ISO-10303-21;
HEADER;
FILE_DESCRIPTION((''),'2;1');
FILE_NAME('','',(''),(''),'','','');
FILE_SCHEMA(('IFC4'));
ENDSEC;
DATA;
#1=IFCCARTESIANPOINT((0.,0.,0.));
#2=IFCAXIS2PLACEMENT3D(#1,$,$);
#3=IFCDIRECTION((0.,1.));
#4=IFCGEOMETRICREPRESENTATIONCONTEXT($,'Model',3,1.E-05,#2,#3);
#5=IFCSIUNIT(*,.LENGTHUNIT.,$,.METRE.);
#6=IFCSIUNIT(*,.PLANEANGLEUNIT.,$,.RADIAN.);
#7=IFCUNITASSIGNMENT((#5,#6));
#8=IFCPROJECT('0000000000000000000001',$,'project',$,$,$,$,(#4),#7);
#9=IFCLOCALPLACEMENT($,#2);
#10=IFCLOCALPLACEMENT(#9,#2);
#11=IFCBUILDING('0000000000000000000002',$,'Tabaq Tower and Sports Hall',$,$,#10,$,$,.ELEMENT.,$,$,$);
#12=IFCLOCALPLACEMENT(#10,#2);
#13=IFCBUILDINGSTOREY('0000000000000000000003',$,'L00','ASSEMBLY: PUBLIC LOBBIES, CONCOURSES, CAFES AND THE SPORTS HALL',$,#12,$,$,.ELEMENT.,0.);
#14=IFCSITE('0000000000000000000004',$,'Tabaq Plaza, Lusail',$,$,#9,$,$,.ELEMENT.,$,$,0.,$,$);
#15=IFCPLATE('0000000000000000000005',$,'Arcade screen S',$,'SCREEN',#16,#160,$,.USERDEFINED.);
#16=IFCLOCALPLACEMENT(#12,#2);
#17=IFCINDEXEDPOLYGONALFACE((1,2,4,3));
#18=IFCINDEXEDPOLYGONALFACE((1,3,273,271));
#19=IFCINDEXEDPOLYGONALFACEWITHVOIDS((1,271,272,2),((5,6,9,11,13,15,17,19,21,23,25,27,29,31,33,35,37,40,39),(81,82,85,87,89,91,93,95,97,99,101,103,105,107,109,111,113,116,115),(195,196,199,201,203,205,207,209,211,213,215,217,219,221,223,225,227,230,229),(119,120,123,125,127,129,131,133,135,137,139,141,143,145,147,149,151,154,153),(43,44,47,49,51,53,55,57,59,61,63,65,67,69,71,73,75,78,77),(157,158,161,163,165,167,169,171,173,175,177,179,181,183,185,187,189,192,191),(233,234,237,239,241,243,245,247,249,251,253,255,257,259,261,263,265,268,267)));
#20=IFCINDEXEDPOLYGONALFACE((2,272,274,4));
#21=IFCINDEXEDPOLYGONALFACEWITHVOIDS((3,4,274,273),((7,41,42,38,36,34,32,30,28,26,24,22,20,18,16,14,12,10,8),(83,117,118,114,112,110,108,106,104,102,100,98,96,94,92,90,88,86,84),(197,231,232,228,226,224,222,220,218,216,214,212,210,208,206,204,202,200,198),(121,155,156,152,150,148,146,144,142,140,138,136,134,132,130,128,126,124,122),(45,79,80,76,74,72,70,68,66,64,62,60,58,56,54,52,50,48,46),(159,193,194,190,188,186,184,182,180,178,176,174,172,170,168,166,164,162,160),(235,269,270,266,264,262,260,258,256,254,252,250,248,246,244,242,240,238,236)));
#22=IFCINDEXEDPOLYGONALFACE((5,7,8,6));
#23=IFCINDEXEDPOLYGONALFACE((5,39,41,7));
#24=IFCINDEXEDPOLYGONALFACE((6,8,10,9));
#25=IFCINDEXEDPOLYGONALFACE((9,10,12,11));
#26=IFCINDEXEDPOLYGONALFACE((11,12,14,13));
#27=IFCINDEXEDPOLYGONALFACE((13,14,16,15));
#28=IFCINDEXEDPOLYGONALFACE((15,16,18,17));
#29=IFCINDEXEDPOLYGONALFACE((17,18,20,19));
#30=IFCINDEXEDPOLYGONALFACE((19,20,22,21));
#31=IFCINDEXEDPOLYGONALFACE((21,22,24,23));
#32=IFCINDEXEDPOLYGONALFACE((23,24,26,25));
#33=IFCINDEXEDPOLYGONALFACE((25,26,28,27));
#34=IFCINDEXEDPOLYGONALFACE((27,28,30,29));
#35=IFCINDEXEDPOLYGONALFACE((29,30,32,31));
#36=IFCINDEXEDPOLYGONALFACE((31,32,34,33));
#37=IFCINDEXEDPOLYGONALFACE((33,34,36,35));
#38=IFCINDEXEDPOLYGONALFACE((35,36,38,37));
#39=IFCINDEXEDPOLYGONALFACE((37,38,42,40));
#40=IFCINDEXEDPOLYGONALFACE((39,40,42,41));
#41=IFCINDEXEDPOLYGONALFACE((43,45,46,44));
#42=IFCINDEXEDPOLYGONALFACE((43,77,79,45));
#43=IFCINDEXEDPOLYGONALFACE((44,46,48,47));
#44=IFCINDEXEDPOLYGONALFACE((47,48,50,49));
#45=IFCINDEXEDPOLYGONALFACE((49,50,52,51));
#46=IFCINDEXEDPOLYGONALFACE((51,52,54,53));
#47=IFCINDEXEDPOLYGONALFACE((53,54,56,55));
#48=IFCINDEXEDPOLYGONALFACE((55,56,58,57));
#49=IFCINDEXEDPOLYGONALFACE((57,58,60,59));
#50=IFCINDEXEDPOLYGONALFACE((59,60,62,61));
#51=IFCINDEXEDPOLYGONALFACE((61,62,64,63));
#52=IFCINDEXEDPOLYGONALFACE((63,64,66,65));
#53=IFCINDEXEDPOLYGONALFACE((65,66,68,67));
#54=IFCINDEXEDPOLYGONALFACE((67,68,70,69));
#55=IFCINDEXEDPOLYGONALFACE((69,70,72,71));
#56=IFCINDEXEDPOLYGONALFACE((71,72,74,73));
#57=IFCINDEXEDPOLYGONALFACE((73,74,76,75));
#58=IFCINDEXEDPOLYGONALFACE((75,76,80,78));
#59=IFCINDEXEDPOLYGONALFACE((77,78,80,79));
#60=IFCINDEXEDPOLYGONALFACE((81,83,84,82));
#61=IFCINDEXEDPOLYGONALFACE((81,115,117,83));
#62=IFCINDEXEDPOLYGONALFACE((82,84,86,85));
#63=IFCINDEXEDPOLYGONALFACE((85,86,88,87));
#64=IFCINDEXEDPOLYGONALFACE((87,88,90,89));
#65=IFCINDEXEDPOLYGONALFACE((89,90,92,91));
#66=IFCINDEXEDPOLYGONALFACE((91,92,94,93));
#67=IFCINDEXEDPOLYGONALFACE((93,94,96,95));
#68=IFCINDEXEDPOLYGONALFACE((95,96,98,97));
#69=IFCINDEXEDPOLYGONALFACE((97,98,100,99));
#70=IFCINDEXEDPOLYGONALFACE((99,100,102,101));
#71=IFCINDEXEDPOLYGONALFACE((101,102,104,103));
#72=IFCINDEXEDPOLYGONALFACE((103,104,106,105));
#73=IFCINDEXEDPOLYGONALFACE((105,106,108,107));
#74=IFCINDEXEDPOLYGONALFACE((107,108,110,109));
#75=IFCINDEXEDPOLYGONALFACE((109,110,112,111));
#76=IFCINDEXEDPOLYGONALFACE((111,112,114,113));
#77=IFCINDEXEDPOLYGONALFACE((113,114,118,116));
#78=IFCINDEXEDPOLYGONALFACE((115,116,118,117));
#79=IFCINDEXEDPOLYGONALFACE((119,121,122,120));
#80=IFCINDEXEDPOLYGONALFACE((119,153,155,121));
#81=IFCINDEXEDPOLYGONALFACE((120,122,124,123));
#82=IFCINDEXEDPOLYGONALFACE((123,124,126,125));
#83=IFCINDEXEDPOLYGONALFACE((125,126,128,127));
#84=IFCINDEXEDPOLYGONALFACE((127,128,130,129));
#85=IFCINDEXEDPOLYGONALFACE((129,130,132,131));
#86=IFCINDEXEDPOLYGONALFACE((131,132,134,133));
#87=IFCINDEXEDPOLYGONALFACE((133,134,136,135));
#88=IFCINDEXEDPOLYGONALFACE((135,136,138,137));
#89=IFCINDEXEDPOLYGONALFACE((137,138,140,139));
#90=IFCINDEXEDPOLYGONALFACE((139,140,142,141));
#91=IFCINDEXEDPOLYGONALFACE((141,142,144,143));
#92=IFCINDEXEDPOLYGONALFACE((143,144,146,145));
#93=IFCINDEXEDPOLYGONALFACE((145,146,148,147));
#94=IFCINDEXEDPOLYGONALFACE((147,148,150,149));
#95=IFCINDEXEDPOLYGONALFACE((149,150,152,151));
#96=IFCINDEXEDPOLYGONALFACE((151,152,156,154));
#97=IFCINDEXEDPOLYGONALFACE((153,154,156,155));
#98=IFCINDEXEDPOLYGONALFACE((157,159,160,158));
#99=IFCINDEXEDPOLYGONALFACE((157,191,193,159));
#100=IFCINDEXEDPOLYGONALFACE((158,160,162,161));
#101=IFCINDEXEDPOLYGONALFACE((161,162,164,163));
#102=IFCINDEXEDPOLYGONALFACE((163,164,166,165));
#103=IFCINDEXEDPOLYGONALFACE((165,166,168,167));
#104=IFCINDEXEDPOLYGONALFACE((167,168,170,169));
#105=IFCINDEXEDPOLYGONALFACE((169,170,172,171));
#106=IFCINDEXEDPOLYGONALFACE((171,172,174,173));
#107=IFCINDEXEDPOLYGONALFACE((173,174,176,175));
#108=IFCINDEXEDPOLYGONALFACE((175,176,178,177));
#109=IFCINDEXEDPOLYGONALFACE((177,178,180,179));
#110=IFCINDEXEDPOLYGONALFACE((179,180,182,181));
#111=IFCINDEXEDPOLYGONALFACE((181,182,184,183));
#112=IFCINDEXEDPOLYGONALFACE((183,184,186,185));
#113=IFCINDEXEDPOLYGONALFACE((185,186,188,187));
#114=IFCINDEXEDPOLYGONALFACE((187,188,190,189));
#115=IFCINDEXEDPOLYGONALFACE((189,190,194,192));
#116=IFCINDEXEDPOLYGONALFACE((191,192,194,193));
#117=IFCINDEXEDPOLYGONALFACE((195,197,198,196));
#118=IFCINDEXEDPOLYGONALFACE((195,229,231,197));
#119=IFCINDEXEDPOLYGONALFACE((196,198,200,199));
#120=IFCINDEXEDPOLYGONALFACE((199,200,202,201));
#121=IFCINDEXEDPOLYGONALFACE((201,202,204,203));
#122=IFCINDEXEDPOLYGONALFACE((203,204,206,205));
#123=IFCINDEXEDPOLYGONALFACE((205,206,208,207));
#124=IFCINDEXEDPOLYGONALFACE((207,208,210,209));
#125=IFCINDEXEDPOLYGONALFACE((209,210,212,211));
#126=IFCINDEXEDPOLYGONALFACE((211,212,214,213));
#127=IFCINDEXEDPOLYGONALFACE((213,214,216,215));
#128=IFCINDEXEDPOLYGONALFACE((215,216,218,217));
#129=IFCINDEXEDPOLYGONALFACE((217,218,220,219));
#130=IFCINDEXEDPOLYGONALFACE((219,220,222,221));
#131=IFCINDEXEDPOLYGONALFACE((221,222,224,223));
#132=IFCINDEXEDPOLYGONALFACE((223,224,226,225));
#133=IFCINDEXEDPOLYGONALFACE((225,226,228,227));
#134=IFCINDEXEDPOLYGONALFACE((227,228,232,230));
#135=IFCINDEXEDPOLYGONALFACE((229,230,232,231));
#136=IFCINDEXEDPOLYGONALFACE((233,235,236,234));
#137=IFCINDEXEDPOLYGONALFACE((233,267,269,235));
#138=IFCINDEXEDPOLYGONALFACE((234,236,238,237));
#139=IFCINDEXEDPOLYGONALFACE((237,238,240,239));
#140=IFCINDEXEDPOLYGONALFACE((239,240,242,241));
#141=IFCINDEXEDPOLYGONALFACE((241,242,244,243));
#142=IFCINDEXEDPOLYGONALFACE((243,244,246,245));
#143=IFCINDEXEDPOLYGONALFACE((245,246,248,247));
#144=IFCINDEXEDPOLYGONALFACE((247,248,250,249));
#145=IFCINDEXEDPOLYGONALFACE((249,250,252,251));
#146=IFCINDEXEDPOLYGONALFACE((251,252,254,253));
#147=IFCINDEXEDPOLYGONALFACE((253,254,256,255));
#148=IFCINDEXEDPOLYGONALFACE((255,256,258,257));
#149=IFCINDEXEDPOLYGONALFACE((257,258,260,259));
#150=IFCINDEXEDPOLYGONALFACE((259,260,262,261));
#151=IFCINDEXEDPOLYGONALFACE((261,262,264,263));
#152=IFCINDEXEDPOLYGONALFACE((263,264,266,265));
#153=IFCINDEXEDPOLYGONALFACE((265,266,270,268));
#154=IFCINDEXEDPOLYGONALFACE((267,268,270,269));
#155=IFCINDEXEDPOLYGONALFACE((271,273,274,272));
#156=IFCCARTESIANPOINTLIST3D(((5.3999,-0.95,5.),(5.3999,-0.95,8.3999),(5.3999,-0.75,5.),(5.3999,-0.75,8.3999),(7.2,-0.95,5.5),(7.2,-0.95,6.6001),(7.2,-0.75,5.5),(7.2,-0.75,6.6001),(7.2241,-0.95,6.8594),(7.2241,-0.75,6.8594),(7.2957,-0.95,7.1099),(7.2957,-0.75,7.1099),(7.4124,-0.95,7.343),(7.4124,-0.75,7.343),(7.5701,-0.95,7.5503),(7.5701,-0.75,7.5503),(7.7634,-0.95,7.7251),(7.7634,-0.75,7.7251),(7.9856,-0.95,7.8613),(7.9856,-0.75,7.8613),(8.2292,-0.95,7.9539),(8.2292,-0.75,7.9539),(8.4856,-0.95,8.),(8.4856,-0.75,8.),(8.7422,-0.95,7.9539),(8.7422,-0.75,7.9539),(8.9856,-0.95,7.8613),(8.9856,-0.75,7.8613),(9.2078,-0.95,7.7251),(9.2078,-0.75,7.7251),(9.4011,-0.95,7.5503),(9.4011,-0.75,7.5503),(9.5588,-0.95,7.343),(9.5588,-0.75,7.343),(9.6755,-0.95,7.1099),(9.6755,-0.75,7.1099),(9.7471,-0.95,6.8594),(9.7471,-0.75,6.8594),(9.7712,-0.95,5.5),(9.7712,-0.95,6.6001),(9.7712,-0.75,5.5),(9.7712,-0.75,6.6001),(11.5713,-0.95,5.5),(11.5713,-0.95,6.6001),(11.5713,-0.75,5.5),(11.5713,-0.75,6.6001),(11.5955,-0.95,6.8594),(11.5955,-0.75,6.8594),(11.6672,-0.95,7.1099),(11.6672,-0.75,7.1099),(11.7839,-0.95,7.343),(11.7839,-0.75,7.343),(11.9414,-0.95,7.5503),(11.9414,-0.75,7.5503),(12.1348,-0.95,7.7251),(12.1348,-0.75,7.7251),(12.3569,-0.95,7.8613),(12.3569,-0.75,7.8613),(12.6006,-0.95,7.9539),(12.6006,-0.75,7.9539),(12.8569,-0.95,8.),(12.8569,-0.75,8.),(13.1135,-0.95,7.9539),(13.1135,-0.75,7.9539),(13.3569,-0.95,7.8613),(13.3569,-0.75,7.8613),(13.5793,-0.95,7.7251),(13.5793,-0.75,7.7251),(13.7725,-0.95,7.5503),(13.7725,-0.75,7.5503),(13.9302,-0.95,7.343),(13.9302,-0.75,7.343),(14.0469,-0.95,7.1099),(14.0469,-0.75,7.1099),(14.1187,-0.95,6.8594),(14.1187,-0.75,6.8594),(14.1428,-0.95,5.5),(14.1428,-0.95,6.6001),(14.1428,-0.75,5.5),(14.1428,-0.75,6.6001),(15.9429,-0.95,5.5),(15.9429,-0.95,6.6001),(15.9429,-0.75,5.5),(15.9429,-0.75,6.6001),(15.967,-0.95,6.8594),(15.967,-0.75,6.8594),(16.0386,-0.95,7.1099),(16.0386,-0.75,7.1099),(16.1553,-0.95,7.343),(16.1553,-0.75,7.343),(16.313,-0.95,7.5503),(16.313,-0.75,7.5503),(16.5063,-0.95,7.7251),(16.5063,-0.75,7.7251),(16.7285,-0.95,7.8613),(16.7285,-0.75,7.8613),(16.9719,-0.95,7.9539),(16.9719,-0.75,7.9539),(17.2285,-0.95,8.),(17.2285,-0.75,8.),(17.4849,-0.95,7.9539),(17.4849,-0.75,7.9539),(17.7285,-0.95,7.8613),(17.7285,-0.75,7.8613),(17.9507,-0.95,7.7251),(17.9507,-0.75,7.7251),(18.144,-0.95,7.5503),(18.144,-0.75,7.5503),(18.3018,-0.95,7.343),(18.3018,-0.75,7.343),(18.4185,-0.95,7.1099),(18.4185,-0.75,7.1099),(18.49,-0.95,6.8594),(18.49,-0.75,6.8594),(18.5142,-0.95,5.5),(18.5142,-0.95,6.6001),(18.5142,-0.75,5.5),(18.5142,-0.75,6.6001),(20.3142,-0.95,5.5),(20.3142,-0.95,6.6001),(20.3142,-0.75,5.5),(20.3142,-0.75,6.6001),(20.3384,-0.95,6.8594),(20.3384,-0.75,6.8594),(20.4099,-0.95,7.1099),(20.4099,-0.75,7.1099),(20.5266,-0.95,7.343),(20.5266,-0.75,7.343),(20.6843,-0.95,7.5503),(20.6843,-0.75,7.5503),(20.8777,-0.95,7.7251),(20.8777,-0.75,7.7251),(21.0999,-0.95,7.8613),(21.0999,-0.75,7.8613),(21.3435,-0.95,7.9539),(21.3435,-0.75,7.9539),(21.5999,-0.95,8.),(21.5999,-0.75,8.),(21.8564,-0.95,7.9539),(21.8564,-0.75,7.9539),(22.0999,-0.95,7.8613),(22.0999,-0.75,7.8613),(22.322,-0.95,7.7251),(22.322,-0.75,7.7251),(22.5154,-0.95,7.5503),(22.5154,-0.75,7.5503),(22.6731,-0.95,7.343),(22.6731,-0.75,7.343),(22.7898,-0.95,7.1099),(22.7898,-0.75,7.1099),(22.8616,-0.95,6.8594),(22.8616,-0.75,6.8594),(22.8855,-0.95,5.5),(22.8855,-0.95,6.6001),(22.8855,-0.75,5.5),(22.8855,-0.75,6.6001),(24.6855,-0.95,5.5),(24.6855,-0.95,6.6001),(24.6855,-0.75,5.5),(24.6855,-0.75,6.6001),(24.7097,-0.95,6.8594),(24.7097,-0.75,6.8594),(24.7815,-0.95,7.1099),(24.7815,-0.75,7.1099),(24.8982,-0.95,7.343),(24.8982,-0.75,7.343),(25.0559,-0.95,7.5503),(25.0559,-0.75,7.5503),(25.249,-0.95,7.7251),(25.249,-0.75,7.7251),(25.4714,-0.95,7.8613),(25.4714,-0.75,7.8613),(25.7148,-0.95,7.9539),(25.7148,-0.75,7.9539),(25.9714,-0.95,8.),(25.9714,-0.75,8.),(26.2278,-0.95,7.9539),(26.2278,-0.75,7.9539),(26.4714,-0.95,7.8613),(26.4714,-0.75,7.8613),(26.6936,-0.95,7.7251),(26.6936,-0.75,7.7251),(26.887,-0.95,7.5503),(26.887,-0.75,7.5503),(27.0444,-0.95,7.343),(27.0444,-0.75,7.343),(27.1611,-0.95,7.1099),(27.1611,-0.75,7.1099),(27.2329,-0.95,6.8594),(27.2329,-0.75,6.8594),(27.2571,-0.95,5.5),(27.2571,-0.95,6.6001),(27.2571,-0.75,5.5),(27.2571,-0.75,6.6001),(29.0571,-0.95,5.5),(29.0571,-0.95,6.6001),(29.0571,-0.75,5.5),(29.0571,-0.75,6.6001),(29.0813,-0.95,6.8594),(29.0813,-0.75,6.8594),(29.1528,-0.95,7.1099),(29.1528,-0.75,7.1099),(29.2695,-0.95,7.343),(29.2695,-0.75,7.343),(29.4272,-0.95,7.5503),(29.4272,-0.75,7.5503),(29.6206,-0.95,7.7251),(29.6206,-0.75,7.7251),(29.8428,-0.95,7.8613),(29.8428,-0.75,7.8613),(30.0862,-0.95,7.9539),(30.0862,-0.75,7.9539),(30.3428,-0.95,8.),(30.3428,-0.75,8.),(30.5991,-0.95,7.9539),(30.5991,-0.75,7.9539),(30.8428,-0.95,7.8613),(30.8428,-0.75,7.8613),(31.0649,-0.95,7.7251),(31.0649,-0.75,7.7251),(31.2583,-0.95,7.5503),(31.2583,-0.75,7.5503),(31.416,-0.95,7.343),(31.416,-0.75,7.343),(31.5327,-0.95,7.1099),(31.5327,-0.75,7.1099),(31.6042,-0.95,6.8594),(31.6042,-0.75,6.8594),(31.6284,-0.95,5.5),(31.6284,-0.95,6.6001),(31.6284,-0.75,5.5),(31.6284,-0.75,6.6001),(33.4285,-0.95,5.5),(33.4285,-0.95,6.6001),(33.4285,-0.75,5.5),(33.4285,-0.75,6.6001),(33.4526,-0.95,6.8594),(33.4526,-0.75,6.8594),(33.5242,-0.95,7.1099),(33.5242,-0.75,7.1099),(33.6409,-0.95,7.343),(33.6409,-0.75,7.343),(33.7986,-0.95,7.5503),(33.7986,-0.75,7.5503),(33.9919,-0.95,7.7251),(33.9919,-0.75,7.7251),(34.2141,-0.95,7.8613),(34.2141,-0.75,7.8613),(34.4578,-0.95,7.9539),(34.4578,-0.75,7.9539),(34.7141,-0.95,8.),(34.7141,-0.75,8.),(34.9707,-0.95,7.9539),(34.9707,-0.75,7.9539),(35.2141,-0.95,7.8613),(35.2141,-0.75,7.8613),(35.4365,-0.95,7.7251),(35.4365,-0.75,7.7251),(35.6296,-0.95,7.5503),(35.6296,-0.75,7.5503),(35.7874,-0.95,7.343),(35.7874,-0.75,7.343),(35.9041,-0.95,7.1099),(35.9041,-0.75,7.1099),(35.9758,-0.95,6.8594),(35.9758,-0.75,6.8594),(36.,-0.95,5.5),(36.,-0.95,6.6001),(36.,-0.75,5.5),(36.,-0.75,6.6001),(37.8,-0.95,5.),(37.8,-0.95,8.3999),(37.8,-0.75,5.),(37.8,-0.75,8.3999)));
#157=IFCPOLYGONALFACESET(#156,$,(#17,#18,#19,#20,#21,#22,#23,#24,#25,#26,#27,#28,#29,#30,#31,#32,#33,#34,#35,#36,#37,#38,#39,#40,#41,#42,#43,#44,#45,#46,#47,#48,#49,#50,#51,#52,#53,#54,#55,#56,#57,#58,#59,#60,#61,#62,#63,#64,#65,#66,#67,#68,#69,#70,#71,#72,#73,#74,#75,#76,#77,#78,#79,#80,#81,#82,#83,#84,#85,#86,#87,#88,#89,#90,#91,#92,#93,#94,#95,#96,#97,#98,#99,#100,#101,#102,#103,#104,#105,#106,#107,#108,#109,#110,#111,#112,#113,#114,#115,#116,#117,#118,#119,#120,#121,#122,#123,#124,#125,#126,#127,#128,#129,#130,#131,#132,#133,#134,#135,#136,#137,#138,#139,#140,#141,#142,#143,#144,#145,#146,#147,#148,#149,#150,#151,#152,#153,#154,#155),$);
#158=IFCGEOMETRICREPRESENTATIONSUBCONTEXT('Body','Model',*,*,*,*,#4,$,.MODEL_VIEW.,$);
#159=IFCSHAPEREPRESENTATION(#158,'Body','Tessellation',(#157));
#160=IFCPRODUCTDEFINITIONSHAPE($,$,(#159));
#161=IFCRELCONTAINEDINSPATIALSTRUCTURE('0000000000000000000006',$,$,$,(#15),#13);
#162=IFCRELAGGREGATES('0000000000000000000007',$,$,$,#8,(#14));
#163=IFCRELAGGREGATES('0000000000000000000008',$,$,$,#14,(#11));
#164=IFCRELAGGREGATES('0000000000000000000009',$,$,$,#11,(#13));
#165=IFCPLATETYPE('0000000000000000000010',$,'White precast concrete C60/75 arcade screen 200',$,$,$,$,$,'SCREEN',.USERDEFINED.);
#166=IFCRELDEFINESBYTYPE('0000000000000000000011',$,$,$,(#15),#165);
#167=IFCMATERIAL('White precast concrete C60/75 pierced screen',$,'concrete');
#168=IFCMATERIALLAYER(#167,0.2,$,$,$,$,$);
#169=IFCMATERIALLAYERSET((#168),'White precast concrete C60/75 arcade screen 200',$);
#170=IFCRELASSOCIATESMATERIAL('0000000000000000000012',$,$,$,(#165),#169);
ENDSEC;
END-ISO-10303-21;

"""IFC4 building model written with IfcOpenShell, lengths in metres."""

from ifc_helpers import new_model, si_unit, direction, frame, origin, place, context, subcontext, project, spatial, polyline, outline, extrude, material, layer, layer_set, type_object, element, save


model = new_model("IFC4")

# Units and contexts
model_context = context("Model", 3, precision=1e-05, world=origin(), true_north=direction((0.0, 1.0)))
body_context = subcontext(model_context, "Body", "Model", "MODEL_VIEW")
ifc_project = project(units=[si_unit("LENGTHUNIT", "METRE"), si_unit("PLANEANGLEUNIT", "RADIAN")], contexts=[model_context])

# Site, building, storey
site_placement = place(None, origin())
site = spatial("IfcSite", under=ifc_project, at=site_placement, Name="Tabaq Plaza, Lusail", CompositionType="ELEMENT", RefElevation=0.0)
building_placement = place(site_placement, origin())
building = spatial("IfcBuilding", under=site, at=building_placement, Name="Tabaq Tower and Sports Hall", CompositionType="ELEMENT")
storey_placement = place(building_placement, origin())
storey = spatial("IfcBuildingStorey", under=building, at=storey_placement, Name="L00", Description="ASSEMBLY: PUBLIC LOBBIES, CONCOURSES, CAFES AND THE SPORTS HALL", CompositionType="ELEMENT", Elevation=0.0)

# Plate
ifc_material_1 = material(Name="White precast concrete C60/75 pierced screen", Category="concrete")
ifc_layer_1 = layer(ifc_material_1, 0.2)
ifc_layer_set_1 = layer_set([ifc_layer_1], Name="White precast concrete C60/75 arcade screen 200")
plate_type = type_object("IfcPlateType", Name="White precast concrete C60/75 arcade screen 200", ElementType="SCREEN", PredefinedType="USERDEFINED", material=ifc_layer_set_1)
plate_placement = place(storey_placement, frame((5.3999, -0.8501, 5.0), z_axis=(0.0, 0.0, 1.0), x_axis=(1.0, 0.0, 0.0)))
element("IfcPlate", 1, at=plate_placement, inside=storey, type_object=plate_type, Name="Arcade screen S", ObjectType="SCREEN", PredefinedType="USERDEFINED", context=body_context, shape_type="SweptSolid", body=[
    extrude(outline(polyline([(0.0, 0.0), (32.4001, 0.0), (32.4001, 3.3999), (0.0, 3.3999), (0.0, 0.0)]), holes=[polyline([(1.8, 0.5), (4.3713, 0.5), (4.3713, 1.6001), (4.3472, 1.8594), (4.2756, 2.1099), (4.1589, 2.343), (4.0012, 2.5503), (3.8079, 2.7251), (3.5857, 2.8613), (3.3423, 2.9539), (3.0857, 3.0), (2.8293, 2.9539), (2.5857, 2.8613), (2.3635, 2.7251), (2.1702, 2.5503), (2.0125, 2.343), (1.8958, 2.1099), (1.8242, 1.8594), (1.8, 1.6001), (1.8, 0.5)]), polyline([(6.1714, 0.5), (8.7429, 0.5), (8.7429, 1.6001), (8.7188, 1.8594), (8.647, 2.1099), (8.5303, 2.343), (8.3726, 2.5503), (8.1794, 2.7251), (7.957, 2.8613), (7.7136, 2.9539), (7.457, 3.0), (7.2007, 2.9539), (6.957, 2.8613), (6.7349, 2.7251), (6.5415, 2.5503), (6.384, 2.343), (6.2673, 2.1099), (6.1956, 1.8594), (6.1714, 1.6001), (6.1714, 0.5)]), polyline([(10.543, 0.5), (13.1143, 0.5), (13.1143, 1.6001), (13.0901, 1.8594), (13.0186, 2.1099), (12.9019, 2.343), (12.7441, 2.5503), (12.5508, 2.7251), (12.3286, 2.8613), (12.085, 2.9539), (11.8286, 3.0), (11.572, 2.9539), (11.3286, 2.8613), (11.1064, 2.7251), (10.9131, 2.5503), (10.7554, 2.343), (10.6387, 2.1099), (10.5671, 1.8594), (10.543, 1.6001), (10.543, 0.5)]), polyline([(14.9143, 0.5), (17.4856, 0.5), (17.4856, 1.6001), (17.4617, 1.8594), (17.3899, 2.1099), (17.2732, 2.343), (17.1155, 2.5503), (16.9221, 2.7251), (16.7, 2.8613), (16.4565, 2.9539), (16.2, 3.0), (15.9436, 2.9539), (15.7, 2.8613), (15.4778, 2.7251), (15.2844, 2.5503), (15.1267, 2.343), (15.01, 2.1099), (14.9385, 1.8594), (14.9143, 1.6001), (14.9143, 0.5)]), polyline([(19.2856, 0.5), (21.8572, 0.5), (21.8572, 1.6001), (21.833, 1.8594), (21.7612, 2.1099), (21.6445, 2.343), (21.4871, 2.5503), (21.2937, 2.7251), (21.0715, 2.8613), (20.8279, 2.9539), (20.5715, 3.0), (20.3149, 2.9539), (20.0715, 2.8613), (19.8491, 2.7251), (19.656, 2.5503), (19.4983, 2.343), (19.3816, 2.1099), (19.3098, 1.8594), (19.2856, 1.6001), (19.2856, 0.5)]), polyline([(23.6572, 0.5), (26.2285, 0.5), (26.2285, 1.6001), (26.2043, 1.8594), (26.1328, 2.1099), (26.0161, 2.343), (25.8584, 2.5503), (25.665, 2.7251), (25.4429, 2.8613), (25.1992, 2.9539), (24.9429, 3.0), (24.6863, 2.9539), (24.4429, 2.8613), (24.2207, 2.7251), (24.0273, 2.5503), (23.8696, 2.343), (23.7529, 2.1099), (23.6814, 1.8594), (23.6572, 1.6001), (23.6572, 0.5)]), polyline([(28.0286, 0.5), (30.6001, 0.5), (30.6001, 1.6001), (30.5759, 1.8594), (30.5042, 2.1099), (30.3875, 2.343), (30.2297, 2.5503), (30.0366, 2.7251), (29.8142, 2.8613), (29.5708, 2.9539), (29.3142, 3.0), (29.0579, 2.9539), (28.8142, 2.8613), (28.592, 2.7251), (28.3987, 2.5503), (28.241, 2.343), (28.1243, 2.1099), (28.0527, 1.8594), (28.0286, 1.6001), (28.0286, 0.5)])]), frame((0.0, 0.1001, 0.0), z_axis=(0.0, -1.0, 0.0), x_axis=(1.0, 0.0, 0.0)), (0.0, 0.0, 1.0), 0.2),
])

save(model, "model.ifc")
